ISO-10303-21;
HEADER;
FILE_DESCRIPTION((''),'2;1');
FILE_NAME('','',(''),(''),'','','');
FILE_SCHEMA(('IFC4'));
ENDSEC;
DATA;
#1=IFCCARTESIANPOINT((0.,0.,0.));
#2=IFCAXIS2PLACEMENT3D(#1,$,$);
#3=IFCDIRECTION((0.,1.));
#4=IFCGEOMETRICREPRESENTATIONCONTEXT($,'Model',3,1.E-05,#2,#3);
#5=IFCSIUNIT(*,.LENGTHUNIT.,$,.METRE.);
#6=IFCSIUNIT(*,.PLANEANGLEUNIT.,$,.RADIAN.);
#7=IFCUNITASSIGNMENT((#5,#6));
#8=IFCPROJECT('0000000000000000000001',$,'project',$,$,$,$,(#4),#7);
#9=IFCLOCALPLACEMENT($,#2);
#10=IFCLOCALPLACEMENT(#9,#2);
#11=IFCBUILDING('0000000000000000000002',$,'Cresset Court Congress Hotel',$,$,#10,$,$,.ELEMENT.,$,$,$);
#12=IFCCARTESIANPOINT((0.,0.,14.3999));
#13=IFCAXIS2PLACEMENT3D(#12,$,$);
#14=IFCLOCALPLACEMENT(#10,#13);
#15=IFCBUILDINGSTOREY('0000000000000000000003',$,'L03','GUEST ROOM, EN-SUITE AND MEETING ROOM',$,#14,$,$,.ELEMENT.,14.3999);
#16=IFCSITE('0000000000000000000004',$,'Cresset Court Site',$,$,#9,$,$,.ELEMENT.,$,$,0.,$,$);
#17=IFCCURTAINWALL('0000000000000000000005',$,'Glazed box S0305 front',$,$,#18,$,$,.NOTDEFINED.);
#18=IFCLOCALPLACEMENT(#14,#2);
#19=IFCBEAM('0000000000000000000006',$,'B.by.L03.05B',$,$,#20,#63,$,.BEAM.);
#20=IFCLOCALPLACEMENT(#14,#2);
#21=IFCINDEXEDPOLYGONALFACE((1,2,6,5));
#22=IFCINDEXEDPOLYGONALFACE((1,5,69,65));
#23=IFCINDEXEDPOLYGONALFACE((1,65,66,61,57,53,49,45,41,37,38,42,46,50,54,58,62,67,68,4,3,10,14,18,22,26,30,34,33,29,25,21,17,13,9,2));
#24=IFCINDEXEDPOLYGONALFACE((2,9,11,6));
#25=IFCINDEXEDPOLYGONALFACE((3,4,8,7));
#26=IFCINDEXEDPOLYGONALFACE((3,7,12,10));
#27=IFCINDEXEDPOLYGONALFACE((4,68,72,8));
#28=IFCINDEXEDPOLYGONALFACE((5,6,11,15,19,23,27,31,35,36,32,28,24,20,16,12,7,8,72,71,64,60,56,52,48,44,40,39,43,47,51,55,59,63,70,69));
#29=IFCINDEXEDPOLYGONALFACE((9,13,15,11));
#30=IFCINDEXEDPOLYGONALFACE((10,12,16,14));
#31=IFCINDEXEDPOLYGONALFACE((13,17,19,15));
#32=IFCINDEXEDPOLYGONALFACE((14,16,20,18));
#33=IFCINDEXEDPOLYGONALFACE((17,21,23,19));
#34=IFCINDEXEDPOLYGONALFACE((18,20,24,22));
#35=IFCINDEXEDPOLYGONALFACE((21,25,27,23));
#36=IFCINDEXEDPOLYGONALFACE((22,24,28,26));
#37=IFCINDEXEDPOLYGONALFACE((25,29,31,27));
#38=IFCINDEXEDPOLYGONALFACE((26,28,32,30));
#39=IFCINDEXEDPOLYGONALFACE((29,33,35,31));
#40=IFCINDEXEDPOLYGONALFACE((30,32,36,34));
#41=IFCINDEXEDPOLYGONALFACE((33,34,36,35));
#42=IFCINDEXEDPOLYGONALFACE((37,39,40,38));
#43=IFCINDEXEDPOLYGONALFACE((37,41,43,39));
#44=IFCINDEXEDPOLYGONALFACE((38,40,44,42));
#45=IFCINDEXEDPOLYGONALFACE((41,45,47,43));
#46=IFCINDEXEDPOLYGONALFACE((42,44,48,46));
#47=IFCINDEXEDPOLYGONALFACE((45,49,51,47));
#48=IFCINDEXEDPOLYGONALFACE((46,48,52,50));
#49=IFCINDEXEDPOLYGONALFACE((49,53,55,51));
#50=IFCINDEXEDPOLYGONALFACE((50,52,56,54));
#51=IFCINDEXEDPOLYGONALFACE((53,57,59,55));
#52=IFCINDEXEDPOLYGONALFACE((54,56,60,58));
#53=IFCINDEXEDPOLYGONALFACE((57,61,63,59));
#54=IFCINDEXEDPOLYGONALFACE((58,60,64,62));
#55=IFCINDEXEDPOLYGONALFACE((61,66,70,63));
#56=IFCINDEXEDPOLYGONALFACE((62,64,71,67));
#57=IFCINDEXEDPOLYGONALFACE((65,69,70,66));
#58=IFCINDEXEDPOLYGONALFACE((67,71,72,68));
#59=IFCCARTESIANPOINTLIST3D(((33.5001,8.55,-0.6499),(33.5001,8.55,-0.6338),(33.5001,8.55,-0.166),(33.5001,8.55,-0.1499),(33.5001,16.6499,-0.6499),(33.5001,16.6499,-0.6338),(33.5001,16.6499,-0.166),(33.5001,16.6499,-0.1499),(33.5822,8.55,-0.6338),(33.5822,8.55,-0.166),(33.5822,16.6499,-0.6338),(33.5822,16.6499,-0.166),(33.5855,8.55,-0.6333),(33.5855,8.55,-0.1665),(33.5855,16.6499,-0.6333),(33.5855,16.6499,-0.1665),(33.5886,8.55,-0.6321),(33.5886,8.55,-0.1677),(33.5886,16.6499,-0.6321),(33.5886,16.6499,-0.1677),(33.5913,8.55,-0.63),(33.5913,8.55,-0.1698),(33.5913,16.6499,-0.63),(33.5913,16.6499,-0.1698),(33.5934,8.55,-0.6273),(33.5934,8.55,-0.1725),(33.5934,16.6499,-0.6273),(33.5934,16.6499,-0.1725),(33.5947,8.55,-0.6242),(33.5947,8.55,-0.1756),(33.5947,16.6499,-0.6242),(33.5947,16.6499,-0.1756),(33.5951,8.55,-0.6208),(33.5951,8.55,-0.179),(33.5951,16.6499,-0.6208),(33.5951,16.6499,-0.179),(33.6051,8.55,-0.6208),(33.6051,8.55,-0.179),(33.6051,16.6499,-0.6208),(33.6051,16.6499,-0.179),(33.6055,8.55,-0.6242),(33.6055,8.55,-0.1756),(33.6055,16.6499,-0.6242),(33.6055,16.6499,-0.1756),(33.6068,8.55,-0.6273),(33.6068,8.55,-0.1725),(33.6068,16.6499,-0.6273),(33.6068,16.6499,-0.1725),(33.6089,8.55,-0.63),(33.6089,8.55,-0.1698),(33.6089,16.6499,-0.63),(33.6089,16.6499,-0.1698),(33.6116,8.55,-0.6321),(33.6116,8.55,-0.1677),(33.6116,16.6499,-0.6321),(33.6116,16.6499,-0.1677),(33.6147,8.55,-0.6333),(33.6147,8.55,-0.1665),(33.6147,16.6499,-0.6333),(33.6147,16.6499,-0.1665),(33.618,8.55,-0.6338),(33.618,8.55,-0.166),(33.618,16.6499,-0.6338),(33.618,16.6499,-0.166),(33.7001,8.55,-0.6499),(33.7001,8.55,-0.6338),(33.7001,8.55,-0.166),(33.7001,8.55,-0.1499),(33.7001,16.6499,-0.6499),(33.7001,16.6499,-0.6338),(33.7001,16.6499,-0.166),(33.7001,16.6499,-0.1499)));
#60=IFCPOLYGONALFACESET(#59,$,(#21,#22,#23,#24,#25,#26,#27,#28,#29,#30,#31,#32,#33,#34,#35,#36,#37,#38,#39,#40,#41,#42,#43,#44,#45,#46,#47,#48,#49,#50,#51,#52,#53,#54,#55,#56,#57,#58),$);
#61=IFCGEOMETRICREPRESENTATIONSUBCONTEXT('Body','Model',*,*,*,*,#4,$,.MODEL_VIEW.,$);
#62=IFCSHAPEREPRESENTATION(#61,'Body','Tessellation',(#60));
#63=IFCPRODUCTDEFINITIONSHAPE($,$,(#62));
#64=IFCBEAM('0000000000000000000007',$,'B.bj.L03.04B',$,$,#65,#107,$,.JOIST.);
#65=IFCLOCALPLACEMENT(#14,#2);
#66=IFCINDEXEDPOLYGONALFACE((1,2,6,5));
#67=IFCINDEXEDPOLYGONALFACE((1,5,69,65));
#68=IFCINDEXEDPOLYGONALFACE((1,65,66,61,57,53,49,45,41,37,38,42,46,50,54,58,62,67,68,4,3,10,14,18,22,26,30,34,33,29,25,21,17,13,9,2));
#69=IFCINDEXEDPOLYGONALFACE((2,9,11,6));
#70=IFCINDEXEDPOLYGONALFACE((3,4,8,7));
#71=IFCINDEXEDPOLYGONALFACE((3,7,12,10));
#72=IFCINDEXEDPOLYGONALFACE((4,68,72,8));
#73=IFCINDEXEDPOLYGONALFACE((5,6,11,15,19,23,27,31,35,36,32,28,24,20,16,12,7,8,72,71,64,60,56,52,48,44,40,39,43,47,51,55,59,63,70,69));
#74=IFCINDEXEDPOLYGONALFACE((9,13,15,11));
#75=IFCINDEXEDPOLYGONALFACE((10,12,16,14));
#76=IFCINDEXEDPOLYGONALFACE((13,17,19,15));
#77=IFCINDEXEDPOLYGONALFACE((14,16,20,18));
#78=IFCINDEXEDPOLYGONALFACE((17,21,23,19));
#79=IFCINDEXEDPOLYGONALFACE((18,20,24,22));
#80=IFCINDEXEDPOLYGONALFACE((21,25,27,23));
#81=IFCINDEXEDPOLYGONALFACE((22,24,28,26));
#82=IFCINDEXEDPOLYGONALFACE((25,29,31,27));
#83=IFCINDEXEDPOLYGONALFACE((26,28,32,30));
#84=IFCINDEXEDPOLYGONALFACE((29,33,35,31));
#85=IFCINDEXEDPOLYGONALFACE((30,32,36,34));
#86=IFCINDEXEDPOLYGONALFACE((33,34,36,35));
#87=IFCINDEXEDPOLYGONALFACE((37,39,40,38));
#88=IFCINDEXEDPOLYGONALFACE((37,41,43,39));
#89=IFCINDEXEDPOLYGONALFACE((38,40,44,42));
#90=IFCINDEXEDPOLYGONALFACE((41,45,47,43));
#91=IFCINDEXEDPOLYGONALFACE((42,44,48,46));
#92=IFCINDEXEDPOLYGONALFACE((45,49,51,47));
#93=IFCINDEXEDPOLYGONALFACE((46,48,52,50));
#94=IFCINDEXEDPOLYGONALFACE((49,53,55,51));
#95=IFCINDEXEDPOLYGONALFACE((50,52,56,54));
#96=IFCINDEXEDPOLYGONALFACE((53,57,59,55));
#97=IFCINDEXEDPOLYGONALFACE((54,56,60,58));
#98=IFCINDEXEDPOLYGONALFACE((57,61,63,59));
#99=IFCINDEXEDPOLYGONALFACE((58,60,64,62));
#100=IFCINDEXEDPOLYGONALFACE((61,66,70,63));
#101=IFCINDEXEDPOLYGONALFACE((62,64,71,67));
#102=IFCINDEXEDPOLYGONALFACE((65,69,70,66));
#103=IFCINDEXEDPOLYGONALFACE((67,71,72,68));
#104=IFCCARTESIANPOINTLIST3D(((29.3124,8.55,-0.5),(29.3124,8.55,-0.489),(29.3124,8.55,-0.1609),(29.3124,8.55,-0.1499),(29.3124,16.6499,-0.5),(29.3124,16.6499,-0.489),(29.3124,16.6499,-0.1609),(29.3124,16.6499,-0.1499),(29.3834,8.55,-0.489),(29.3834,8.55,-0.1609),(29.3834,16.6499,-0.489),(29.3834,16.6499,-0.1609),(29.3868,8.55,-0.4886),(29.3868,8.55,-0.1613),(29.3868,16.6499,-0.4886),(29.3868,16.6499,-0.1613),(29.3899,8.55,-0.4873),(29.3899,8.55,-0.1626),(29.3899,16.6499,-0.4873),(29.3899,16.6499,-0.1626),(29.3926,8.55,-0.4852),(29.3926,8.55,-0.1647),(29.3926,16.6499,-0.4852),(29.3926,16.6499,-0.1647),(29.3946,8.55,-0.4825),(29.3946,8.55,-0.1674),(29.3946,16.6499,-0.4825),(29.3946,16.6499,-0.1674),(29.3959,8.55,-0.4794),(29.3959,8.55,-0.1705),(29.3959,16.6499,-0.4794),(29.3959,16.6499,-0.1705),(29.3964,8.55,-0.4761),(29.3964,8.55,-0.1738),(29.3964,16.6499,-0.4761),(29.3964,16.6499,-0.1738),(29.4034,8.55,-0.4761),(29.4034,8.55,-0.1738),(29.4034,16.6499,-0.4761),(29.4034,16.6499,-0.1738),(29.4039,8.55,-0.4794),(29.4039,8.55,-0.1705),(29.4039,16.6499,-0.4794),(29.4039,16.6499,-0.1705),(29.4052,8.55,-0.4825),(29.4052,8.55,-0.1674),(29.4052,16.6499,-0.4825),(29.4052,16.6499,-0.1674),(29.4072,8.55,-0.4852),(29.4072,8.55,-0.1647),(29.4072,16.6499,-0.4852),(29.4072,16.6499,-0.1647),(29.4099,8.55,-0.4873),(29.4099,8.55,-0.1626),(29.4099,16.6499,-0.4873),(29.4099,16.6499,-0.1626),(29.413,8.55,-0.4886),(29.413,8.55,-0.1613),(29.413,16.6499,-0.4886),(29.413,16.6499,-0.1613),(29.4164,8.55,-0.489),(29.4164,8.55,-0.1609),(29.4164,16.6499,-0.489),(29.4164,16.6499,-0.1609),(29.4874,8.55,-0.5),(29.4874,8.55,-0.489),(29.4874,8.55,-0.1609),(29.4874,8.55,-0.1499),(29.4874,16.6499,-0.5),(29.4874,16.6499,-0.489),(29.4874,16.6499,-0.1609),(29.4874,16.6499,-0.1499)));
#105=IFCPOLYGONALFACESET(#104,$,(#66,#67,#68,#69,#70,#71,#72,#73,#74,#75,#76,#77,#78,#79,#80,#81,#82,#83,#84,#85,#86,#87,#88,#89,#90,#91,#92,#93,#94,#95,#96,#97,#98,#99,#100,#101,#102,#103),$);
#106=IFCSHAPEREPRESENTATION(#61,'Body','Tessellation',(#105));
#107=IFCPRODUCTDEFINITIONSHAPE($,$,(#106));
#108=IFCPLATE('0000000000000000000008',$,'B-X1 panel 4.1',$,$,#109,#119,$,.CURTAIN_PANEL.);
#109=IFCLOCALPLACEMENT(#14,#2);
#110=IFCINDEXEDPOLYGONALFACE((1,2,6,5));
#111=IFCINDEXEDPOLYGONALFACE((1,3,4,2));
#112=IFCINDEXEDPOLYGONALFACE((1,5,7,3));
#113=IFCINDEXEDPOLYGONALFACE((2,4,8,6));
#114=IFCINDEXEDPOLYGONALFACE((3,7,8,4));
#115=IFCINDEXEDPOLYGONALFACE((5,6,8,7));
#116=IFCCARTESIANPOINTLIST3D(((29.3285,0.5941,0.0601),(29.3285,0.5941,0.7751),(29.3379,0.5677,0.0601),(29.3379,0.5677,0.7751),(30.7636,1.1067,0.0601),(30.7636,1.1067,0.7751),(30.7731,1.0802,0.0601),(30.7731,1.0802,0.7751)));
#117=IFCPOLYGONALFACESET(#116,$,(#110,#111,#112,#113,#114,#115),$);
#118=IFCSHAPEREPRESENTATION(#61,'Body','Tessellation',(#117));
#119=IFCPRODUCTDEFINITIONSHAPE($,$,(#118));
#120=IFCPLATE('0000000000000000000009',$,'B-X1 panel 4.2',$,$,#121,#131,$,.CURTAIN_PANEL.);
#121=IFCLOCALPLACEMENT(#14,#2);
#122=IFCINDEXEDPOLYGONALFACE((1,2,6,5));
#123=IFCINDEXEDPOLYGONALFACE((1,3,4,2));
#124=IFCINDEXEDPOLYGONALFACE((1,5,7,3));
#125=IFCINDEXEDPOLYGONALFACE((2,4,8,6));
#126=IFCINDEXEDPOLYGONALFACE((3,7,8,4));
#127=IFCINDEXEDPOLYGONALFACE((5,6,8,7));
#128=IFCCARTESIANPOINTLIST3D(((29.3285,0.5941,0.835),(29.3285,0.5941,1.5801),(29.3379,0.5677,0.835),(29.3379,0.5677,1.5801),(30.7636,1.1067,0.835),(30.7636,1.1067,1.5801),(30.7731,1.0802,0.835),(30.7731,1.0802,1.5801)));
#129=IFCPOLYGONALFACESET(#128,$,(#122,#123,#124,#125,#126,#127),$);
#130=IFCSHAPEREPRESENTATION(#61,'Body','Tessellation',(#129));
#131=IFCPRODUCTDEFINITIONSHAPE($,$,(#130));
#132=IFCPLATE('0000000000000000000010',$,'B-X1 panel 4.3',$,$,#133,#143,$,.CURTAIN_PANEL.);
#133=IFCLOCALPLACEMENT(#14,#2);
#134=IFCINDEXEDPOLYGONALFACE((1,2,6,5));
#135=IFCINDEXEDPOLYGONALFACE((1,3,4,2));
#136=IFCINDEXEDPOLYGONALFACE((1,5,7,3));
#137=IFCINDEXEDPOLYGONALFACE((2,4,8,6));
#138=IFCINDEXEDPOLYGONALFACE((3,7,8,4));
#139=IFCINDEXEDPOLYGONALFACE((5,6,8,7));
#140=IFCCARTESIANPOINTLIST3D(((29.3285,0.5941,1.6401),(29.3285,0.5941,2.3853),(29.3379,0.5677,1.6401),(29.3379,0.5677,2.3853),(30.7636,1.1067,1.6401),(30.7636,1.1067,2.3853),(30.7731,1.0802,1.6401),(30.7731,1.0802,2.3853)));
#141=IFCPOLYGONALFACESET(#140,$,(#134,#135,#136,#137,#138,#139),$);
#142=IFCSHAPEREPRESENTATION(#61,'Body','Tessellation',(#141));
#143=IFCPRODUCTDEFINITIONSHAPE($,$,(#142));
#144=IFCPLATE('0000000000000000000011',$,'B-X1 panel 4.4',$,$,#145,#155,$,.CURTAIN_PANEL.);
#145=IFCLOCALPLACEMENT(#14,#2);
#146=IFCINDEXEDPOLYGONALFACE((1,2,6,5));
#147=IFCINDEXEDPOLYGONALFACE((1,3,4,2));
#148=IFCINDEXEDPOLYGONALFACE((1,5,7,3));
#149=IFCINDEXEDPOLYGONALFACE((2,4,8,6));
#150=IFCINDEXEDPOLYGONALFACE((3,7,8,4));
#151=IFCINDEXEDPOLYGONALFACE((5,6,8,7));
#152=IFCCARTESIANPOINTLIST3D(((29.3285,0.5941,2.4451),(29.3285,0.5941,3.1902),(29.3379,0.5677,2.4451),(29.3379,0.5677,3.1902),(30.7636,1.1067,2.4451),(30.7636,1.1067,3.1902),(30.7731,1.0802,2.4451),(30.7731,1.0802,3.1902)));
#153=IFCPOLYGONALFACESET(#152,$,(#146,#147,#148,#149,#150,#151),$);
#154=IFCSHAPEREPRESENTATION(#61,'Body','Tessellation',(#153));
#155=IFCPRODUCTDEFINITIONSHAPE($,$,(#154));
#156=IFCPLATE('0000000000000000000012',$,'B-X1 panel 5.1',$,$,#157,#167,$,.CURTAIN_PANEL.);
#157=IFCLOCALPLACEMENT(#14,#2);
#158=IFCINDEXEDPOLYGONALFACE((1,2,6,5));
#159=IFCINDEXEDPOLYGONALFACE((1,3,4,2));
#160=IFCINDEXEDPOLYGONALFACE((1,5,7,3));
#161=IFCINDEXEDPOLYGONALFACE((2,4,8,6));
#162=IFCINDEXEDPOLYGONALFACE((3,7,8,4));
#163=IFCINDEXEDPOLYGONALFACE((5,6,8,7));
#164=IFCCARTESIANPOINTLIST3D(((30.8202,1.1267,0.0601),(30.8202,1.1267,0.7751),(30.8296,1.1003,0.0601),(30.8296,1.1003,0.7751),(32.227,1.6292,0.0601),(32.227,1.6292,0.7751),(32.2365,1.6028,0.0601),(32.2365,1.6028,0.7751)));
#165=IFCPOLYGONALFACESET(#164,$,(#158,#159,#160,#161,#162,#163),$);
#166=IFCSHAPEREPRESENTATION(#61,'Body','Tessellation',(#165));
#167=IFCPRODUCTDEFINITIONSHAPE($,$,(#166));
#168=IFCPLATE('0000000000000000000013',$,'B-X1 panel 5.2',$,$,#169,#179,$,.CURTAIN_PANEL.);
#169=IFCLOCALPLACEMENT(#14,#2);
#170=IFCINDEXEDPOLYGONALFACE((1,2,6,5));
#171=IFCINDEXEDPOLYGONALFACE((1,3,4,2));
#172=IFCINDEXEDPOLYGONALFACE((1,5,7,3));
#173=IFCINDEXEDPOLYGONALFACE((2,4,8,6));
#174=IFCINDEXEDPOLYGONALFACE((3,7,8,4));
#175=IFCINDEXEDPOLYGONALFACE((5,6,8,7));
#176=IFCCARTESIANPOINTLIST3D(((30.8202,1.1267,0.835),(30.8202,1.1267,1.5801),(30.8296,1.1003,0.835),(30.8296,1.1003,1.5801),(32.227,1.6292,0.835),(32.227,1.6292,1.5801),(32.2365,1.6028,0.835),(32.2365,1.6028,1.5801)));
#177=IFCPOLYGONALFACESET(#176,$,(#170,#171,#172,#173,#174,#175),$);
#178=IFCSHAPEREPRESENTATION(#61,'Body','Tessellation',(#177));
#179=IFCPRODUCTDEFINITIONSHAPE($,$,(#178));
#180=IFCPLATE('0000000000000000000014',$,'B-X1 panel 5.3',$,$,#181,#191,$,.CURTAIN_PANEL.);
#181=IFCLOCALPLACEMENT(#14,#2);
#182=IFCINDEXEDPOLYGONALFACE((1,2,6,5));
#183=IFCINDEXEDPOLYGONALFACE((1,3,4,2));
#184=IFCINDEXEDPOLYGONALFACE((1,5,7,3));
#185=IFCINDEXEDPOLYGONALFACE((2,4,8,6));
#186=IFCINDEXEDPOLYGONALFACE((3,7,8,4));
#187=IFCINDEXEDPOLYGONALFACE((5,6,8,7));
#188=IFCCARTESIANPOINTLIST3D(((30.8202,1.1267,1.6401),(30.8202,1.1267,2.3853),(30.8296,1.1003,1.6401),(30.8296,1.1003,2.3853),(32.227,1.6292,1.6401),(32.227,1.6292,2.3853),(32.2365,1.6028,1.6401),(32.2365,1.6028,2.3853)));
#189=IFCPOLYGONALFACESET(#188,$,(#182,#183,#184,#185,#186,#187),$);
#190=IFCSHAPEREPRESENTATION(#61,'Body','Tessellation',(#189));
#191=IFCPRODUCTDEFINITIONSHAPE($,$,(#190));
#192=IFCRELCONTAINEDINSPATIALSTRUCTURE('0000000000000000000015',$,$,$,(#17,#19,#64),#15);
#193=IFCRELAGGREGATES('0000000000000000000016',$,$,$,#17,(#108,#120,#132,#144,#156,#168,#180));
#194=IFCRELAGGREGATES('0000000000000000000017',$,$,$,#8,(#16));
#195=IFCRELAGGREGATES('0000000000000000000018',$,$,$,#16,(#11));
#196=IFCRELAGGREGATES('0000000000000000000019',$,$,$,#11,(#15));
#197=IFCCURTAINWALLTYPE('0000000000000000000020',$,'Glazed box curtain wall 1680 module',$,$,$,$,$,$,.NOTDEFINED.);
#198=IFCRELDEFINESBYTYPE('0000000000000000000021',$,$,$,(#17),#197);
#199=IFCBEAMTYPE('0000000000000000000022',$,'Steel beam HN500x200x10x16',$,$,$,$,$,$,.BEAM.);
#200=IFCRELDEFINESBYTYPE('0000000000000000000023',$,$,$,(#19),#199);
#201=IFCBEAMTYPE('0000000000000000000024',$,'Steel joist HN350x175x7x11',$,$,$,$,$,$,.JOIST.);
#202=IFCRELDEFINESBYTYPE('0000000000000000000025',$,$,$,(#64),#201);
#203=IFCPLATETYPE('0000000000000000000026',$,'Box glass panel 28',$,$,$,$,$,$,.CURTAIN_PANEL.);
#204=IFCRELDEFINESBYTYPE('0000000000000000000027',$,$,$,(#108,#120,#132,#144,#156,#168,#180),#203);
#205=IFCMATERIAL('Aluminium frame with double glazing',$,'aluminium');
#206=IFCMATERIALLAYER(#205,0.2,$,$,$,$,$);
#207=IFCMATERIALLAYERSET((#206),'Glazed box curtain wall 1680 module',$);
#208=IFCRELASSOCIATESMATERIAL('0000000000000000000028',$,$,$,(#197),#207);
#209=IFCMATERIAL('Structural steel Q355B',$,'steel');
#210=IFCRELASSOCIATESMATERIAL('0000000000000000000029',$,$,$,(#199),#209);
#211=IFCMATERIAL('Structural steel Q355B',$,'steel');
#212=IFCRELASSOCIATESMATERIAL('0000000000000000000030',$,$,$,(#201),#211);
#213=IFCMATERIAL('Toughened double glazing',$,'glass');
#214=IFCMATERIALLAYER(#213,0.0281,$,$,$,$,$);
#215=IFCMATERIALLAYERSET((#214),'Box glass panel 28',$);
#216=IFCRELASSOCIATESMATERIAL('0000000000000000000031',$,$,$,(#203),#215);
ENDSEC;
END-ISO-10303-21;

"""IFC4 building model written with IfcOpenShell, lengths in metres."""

from ifc_helpers import new_model, si_unit, direction, frame, origin, origin_2d, place, context, subcontext, project, spatial, rectangle, i_section, extrude, material, layer, layer_set, material_profile, profile_set, type_object, element, aggregate, save


model = new_model("IFC4")

# Units and contexts
model_context = context("Model", 3, precision=1e-05, world=origin(), true_north=direction((0.0, 1.0)))
body_context = subcontext(model_context, "Body", "Model", "MODEL_VIEW")
ifc_project = project(units=[si_unit("LENGTHUNIT", "METRE"), si_unit("PLANEANGLEUNIT", "RADIAN")], contexts=[model_context])

# Site, building, storey
site_placement = place(None, origin())
site = spatial("IfcSite", under=ifc_project, at=site_placement, Name="Cresset Court Site", CompositionType="ELEMENT", RefElevation=0.0)
building_placement = place(site_placement, origin())
building = spatial("IfcBuilding", under=site, at=building_placement, Name="Cresset Court Congress Hotel", CompositionType="ELEMENT")
storey_placement = place(building_placement, frame((0.0, 0.0, 14.3999)))
storey = spatial("IfcBuildingStorey", under=building, at=storey_placement, Name="L03", Description="GUEST ROOM, EN-SUITE AND MEETING ROOM", CompositionType="ELEMENT", Elevation=14.3999)

# Curtain wall
ifc_material_1 = material(Name="Aluminium frame with double glazing", Category="aluminium")
ifc_layer_1 = layer(ifc_material_1, 0.2)
ifc_layer_set_1 = layer_set([ifc_layer_1], Name="Glazed box curtain wall 1680 module")
curtain_wall_type = type_object("IfcCurtainWallType", Name="Glazed box curtain wall 1680 module", PredefinedType="NOTDEFINED", material=ifc_layer_set_1)
curtain_wall_1_placement = place(storey_placement, origin())
curtain_wall_1 = element("IfcCurtainWall", 1, at=curtain_wall_1_placement, inside=storey, type_object=curtain_wall_type, Name="Glazed box S0305 front", PredefinedType="NOTDEFINED")

# Beams
ifc_material_2 = material(Name="Structural steel Q355B", Category="steel")
ifc_material_profile_1 = material_profile(ifc_material_2, i_section(OverallWidth=0.2, OverallDepth=0.5, WebThickness=0.01, FlangeThickness=0.0161, FilletRadius=0.0129, at=origin_2d()), Name="HN500x200x10x16")
ifc_profile_set_1 = profile_set([ifc_material_profile_1], Name="Structural steel Q355B")
beam_type_1 = type_object("IfcBeamType", Name="Steel beam HN500x200x10x16", PredefinedType="BEAM", material=ifc_profile_set_1)
beam_1_placement = place(storey_placement, frame((33.6001, 8.55, -0.3999), z_axis=(0.0, 1.0, 0.0), x_axis=(-1.0, 0.0, 0.0)))
element("IfcBeam", 2, at=beam_1_placement, inside=storey, type_object=beam_type_1, Name="B.by.L03.05B", PredefinedType="BEAM", context=body_context, shape_type="SweptSolid", body=[
    extrude(i_section(OverallWidth=0.2, OverallDepth=0.5, WebThickness=0.01, FlangeThickness=0.0161, FilletRadius=0.0129, at=origin_2d()), origin(), (0.0, 0.0, 1.0), 8.0999),
])
ifc_material_3 = material(Name="Structural steel Q355B", Category="steel")
ifc_material_profile_2 = material_profile(ifc_material_3, i_section(OverallWidth=0.175, OverallDepth=0.3501, WebThickness=0.0071, FlangeThickness=0.011, FilletRadius=0.0129, at=origin_2d()), Name="HN350x175x7x11")
ifc_profile_set_2 = profile_set([ifc_material_profile_2], Name="Structural steel Q355B")
beam_type_2 = type_object("IfcBeamType", Name="Steel joist HN350x175x7x11", PredefinedType="JOIST", material=ifc_profile_set_2)
beam_2_placement = place(storey_placement, frame((29.3999, 8.55, -0.325), z_axis=(0.0, 1.0, 0.0), x_axis=(-1.0, 0.0, 0.0)))
element("IfcBeam", 3, at=beam_2_placement, inside=storey, type_object=beam_type_2, Name="B.bj.L03.04B", PredefinedType="JOIST", context=body_context, shape_type="SweptSolid", body=[
    extrude(i_section(OverallWidth=0.175, OverallDepth=0.3501, WebThickness=0.0071, FlangeThickness=0.011, FilletRadius=0.0129, at=origin_2d()), origin(), (0.0, 0.0, 1.0), 8.0999),
])

# Plates
ifc_material_4 = material(Name="Toughened double glazing", Category="glass")
ifc_layer_2 = layer(ifc_material_4, 0.0281)
ifc_layer_set_2 = layer_set([ifc_layer_2], Name="Box glass panel 28")
plate_type_1 = type_object("IfcPlateType", Name="Box glass panel 28", PredefinedType="CURTAIN_PANEL", material=ifc_layer_set_2)
plate_1_placement = place(storey_placement, frame((30.0508, 0.8372, 0.0601), z_axis=(0.0, 0.0, 1.0), x_axis=(0.941742, 0.336336, 0.0)))
plate_1 = element("IfcPlate", 4, at=plate_1_placement, type_object=plate_type_1, Name="B-X1 panel 4.1", PredefinedType="CURTAIN_PANEL", context=body_context, shape_type="SweptSolid", body=[
    extrude(rectangle(XDim=1.5239, YDim=0.0281, at=origin_2d()), origin(), (0.0, 0.0, 1.0), 0.7151),
])
plate_2_placement = place(storey_placement, frame((30.0508, 0.8372, 0.835), z_axis=(0.0, 0.0, 1.0), x_axis=(0.941742, 0.336336, 0.0)))
plate_2 = element("IfcPlate", 5, at=plate_2_placement, type_object=plate_type_1, Name="B-X1 panel 4.2", PredefinedType="CURTAIN_PANEL", context=body_context, shape_type="SweptSolid", body=[
    extrude(rectangle(XDim=1.5239, YDim=0.0281, at=origin_2d()), origin(), (0.0, 0.0, 1.0), 0.7451),
])
plate_3_placement = place(storey_placement, frame((30.0508, 0.8372, 1.6401), z_axis=(0.0, 0.0, 1.0), x_axis=(0.941742, 0.336336, 0.0)))
plate_3 = element("IfcPlate", 6, at=plate_3_placement, type_object=plate_type_1, Name="B-X1 panel 4.3", PredefinedType="CURTAIN_PANEL", context=body_context, shape_type="SweptSolid", body=[
    extrude(rectangle(XDim=1.5239, YDim=0.0281, at=origin_2d()), origin(), (0.0, 0.0, 1.0), 0.7451),
])
plate_4_placement = place(storey_placement, frame((30.0508, 0.8372, 2.4451), z_axis=(0.0, 0.0, 1.0), x_axis=(0.941742, 0.336336, 0.0)))
plate_4 = element("IfcPlate", 7, at=plate_4_placement, type_object=plate_type_1, Name="B-X1 panel 4.4", PredefinedType="CURTAIN_PANEL", context=body_context, shape_type="SweptSolid", body=[
    extrude(rectangle(XDim=1.5239, YDim=0.0281, at=origin_2d()), origin(), (0.0, 0.0, 1.0), 0.7451),
])
plate_5_placement = place(storey_placement, frame((31.5283, 1.3647, 0.0601), z_axis=(0.0, 0.0, 1.0), x_axis=(0.941742, 0.336336, 0.0)))
plate_5 = element("IfcPlate", 8, at=plate_5_placement, type_object=plate_type_1, Name="B-X1 panel 5.1", PredefinedType="CURTAIN_PANEL", context=body_context, shape_type="SweptSolid", body=[
    extrude(rectangle(XDim=1.4939, YDim=0.0281, at=origin_2d()), origin(), (0.0, 0.0, 1.0), 0.7151),
])
plate_6_placement = place(storey_placement, frame((31.5283, 1.3647, 0.835), z_axis=(0.0, 0.0, 1.0), x_axis=(0.941742, 0.336336, 0.0)))
plate_6 = element("IfcPlate", 9, at=plate_6_placement, type_object=plate_type_1, Name="B-X1 panel 5.2", PredefinedType="CURTAIN_PANEL", context=body_context, shape_type="SweptSolid", body=[
    extrude(rectangle(XDim=1.4939, YDim=0.0281, at=origin_2d()), origin(), (0.0, 0.0, 1.0), 0.7451),
])
plate_7_placement = place(storey_placement, frame((31.5283, 1.3647, 1.6401), z_axis=(0.0, 0.0, 1.0), x_axis=(0.941742, 0.336336, 0.0)))
plate_7 = element("IfcPlate", 10, at=plate_7_placement, type_object=plate_type_1, Name="B-X1 panel 5.3", PredefinedType="CURTAIN_PANEL", context=body_context, shape_type="SweptSolid", body=[
    extrude(rectangle(XDim=1.4939, YDim=0.0281, at=origin_2d()), origin(), (0.0, 0.0, 1.0), 0.7451),
])
aggregate(curtain_wall_1, [plate_1, plate_2, plate_3, plate_4, plate_5, plate_6, plate_7])

save(model, "model.ifc")
